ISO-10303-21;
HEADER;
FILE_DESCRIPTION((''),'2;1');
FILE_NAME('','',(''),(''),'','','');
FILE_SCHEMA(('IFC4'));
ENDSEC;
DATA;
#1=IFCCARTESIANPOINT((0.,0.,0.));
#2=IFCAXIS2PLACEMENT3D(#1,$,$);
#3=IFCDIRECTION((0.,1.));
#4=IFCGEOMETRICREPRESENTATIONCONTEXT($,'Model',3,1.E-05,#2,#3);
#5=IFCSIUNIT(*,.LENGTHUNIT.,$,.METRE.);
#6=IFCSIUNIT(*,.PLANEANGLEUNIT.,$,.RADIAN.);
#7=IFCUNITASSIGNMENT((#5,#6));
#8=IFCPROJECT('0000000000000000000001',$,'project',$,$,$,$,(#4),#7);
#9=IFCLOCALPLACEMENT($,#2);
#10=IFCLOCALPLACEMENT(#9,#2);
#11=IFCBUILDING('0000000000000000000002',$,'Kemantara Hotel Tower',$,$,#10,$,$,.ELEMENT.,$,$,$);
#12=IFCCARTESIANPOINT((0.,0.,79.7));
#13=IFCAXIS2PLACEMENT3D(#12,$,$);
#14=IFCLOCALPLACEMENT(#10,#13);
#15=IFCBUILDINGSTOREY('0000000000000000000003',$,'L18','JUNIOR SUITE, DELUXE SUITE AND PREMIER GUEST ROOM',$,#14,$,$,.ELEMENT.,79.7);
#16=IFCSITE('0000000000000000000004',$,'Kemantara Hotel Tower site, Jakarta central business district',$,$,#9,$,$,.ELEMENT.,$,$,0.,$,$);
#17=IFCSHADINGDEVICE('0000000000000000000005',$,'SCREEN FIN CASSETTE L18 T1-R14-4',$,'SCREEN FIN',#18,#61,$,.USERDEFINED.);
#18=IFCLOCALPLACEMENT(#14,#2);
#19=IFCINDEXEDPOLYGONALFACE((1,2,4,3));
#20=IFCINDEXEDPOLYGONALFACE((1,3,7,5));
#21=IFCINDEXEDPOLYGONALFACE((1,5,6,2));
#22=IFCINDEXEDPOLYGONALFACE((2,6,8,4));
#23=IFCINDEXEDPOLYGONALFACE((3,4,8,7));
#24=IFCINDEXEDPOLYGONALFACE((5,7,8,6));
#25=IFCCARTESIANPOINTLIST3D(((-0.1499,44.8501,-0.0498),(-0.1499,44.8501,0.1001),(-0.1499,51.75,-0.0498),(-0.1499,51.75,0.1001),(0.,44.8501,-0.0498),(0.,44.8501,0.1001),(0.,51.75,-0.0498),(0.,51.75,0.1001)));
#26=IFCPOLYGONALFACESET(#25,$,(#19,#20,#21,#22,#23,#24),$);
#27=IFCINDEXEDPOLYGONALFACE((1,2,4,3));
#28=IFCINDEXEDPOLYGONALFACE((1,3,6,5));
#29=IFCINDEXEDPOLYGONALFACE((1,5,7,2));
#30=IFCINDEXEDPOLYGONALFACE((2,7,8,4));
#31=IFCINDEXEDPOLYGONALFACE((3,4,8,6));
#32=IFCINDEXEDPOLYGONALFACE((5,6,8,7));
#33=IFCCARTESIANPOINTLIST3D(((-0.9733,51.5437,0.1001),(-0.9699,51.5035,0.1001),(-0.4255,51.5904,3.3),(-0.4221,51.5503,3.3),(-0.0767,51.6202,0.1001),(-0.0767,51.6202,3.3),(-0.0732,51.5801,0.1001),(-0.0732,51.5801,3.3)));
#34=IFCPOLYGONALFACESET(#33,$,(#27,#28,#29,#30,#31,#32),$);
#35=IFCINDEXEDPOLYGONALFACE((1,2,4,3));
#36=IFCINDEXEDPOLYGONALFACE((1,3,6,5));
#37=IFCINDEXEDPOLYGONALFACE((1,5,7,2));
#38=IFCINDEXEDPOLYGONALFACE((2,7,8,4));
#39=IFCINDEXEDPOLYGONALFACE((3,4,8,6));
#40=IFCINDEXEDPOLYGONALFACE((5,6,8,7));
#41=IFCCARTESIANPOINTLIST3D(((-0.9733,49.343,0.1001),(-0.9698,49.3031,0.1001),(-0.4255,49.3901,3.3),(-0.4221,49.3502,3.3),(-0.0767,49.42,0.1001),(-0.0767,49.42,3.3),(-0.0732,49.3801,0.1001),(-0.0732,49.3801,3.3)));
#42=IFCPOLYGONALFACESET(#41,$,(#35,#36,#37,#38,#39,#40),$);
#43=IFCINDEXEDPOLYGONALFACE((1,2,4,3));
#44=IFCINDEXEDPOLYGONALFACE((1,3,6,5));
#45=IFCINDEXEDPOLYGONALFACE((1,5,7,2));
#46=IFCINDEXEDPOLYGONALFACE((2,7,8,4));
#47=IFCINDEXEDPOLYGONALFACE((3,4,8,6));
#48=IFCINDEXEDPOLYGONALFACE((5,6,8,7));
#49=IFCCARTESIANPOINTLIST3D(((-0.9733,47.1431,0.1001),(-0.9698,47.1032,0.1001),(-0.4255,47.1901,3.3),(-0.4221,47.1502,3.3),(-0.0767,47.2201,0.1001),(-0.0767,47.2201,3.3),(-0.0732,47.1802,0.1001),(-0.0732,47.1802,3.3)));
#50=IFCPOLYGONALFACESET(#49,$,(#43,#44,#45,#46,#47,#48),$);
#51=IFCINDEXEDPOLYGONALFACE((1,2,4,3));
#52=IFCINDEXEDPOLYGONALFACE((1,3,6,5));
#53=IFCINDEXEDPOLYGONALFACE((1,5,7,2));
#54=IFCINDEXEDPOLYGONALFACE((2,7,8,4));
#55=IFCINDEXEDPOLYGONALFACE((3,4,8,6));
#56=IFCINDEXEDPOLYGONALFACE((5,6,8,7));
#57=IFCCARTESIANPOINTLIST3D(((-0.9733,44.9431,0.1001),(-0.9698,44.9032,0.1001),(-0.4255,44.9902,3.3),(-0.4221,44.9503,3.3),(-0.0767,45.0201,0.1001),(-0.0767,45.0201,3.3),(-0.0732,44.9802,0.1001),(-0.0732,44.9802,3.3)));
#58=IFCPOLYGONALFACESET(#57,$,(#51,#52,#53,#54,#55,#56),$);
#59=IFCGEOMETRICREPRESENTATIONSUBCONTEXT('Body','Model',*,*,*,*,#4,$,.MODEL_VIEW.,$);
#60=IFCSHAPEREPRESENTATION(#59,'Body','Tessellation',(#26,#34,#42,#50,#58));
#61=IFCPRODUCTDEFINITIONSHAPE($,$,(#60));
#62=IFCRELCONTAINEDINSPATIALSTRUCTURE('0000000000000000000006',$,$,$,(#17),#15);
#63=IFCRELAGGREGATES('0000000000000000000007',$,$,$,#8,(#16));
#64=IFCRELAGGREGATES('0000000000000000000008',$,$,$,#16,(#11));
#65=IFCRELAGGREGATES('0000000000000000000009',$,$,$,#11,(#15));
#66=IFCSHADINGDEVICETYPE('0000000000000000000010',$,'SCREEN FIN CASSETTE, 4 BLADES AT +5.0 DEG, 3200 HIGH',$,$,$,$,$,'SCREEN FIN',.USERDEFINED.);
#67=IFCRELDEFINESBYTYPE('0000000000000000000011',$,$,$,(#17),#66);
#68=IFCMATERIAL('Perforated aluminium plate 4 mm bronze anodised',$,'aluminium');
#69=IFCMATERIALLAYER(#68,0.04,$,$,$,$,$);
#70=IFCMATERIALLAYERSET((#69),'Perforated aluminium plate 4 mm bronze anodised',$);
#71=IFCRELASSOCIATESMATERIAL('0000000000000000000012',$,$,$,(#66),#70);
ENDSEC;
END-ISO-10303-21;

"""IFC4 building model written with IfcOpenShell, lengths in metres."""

from ifc_helpers import new_model, si_unit, direction, frame, origin, origin_2d, place, context, subcontext, project, spatial, polyline, rectangle, outline, extrude, source, transform, mapped, material, layer, layer_set, type_object, element, save


model = new_model("IFC4")

# Units and contexts
model_context = context("Model", 3, precision=1e-05, world=origin(), true_north=direction((0.0, 1.0)))
body_context = subcontext(model_context, "Body", "Model", "MODEL_VIEW")
ifc_project = project(units=[si_unit("LENGTHUNIT", "METRE"), si_unit("PLANEANGLEUNIT", "RADIAN")], contexts=[model_context])

# Site, building, storey
site_placement = place(None, origin())
site = spatial("IfcSite", under=ifc_project, at=site_placement, Name="Kemantara Hotel Tower site, Jakarta central business district", CompositionType="ELEMENT", RefElevation=0.0)
building_placement = place(site_placement, origin())
building = spatial("IfcBuilding", under=site, at=building_placement, Name="Kemantara Hotel Tower", CompositionType="ELEMENT")
storey_placement = place(building_placement, frame((0.0, 0.0, 79.7)))
storey = spatial("IfcBuildingStorey", under=building, at=storey_placement, Name="L18", Description="JUNIOR SUITE, DELUXE SUITE AND PREMIER GUEST ROOM", CompositionType="ELEMENT", Elevation=79.7)

# Shading device
ifc_material_1 = material(Name="Perforated aluminium plate 4 mm bronze anodised", Category="aluminium")
ifc_layer_1 = layer(ifc_material_1, 0.04)
ifc_layer_set_1 = layer_set([ifc_layer_1], Name="Perforated aluminium plate 4 mm bronze anodised")
shading_device_type = type_object("IfcShadingDeviceType", Name="SCREEN FIN CASSETTE, 4 BLADES AT +5.0 DEG, 3200 HIGH", ElementType="SCREEN FIN", PredefinedType="USERDEFINED", material=ifc_layer_set_1)
shared_shape = source(origin(), body_context, "Body", "SweptSolid", [
    extrude(rectangle(XDim=6.8999, YDim=0.1499, at=origin_2d()), frame((3.3, -0.075, -0.1499), z_axis=(0.0, 0.0, 1.0), x_axis=(1.0, 0.0, 0.0)), (0.0, 0.0, 1.0), 0.1499),
    extrude(outline(polyline([(0.0, 0.0), (0.8999, 0.0), (0.3501, 3.2), (0.0, 3.2), (0.0, 0.0)])), frame((0.02, -0.0732, 0.0), z_axis=(-0.996376, -0.085056, 0.0), x_axis=(0.085056, -0.996376, 0.0)), (0.0, 0.0, 1.0), 0.0403),
    extrude(outline(polyline([(0.0, 0.0), (0.8999, 0.0), (0.3501, 3.2), (0.0, 3.2), (0.0, 0.0)])), frame((2.22, -0.0732, 0.0), z_axis=(-0.996332, -0.085575, 0.0), x_axis=(0.085575, -0.996332, 0.0)), (0.0, 0.0, 1.0), 0.04),
    extrude(outline(polyline([(0.0, 0.0), (0.8999, 0.0), (0.3501, 3.2), (0.0, 3.2), (0.0, 0.0)])), frame((4.4199, -0.0732, 0.0), z_axis=(-0.996332, -0.085575, 0.0), x_axis=(0.085575, -0.996332, 0.0)), (0.0, 0.0, 1.0), 0.04),
    extrude(outline(polyline([(0.0, 0.0), (0.8999, 0.0), (0.3501, 3.2), (0.0, 3.2), (0.0, 0.0)])), frame((6.6199, -0.0732, 0.0), z_axis=(-0.996332, -0.085575, 0.0), x_axis=(0.085575, -0.996332, 0.0)), (0.0, 0.0, 1.0), 0.04),
])
shading_device_placement = place(storey_placement, frame((0.0, 51.6001, 0.1001), z_axis=(0.0, 0.0, 1.0), x_axis=(0.0, -1.0, 0.0)))
element("IfcShadingDevice", 1, at=shading_device_placement, inside=storey, type_object=shading_device_type, Name="SCREEN FIN CASSETTE L18 T1-R14-4", ObjectType="SCREEN FIN", PredefinedType="USERDEFINED", context=body_context, shape_type="MappedRepresentation", body=[
    mapped(shared_shape, transform((0.0, 0.0, 0.0))),
])

save(model, "model.ifc")
